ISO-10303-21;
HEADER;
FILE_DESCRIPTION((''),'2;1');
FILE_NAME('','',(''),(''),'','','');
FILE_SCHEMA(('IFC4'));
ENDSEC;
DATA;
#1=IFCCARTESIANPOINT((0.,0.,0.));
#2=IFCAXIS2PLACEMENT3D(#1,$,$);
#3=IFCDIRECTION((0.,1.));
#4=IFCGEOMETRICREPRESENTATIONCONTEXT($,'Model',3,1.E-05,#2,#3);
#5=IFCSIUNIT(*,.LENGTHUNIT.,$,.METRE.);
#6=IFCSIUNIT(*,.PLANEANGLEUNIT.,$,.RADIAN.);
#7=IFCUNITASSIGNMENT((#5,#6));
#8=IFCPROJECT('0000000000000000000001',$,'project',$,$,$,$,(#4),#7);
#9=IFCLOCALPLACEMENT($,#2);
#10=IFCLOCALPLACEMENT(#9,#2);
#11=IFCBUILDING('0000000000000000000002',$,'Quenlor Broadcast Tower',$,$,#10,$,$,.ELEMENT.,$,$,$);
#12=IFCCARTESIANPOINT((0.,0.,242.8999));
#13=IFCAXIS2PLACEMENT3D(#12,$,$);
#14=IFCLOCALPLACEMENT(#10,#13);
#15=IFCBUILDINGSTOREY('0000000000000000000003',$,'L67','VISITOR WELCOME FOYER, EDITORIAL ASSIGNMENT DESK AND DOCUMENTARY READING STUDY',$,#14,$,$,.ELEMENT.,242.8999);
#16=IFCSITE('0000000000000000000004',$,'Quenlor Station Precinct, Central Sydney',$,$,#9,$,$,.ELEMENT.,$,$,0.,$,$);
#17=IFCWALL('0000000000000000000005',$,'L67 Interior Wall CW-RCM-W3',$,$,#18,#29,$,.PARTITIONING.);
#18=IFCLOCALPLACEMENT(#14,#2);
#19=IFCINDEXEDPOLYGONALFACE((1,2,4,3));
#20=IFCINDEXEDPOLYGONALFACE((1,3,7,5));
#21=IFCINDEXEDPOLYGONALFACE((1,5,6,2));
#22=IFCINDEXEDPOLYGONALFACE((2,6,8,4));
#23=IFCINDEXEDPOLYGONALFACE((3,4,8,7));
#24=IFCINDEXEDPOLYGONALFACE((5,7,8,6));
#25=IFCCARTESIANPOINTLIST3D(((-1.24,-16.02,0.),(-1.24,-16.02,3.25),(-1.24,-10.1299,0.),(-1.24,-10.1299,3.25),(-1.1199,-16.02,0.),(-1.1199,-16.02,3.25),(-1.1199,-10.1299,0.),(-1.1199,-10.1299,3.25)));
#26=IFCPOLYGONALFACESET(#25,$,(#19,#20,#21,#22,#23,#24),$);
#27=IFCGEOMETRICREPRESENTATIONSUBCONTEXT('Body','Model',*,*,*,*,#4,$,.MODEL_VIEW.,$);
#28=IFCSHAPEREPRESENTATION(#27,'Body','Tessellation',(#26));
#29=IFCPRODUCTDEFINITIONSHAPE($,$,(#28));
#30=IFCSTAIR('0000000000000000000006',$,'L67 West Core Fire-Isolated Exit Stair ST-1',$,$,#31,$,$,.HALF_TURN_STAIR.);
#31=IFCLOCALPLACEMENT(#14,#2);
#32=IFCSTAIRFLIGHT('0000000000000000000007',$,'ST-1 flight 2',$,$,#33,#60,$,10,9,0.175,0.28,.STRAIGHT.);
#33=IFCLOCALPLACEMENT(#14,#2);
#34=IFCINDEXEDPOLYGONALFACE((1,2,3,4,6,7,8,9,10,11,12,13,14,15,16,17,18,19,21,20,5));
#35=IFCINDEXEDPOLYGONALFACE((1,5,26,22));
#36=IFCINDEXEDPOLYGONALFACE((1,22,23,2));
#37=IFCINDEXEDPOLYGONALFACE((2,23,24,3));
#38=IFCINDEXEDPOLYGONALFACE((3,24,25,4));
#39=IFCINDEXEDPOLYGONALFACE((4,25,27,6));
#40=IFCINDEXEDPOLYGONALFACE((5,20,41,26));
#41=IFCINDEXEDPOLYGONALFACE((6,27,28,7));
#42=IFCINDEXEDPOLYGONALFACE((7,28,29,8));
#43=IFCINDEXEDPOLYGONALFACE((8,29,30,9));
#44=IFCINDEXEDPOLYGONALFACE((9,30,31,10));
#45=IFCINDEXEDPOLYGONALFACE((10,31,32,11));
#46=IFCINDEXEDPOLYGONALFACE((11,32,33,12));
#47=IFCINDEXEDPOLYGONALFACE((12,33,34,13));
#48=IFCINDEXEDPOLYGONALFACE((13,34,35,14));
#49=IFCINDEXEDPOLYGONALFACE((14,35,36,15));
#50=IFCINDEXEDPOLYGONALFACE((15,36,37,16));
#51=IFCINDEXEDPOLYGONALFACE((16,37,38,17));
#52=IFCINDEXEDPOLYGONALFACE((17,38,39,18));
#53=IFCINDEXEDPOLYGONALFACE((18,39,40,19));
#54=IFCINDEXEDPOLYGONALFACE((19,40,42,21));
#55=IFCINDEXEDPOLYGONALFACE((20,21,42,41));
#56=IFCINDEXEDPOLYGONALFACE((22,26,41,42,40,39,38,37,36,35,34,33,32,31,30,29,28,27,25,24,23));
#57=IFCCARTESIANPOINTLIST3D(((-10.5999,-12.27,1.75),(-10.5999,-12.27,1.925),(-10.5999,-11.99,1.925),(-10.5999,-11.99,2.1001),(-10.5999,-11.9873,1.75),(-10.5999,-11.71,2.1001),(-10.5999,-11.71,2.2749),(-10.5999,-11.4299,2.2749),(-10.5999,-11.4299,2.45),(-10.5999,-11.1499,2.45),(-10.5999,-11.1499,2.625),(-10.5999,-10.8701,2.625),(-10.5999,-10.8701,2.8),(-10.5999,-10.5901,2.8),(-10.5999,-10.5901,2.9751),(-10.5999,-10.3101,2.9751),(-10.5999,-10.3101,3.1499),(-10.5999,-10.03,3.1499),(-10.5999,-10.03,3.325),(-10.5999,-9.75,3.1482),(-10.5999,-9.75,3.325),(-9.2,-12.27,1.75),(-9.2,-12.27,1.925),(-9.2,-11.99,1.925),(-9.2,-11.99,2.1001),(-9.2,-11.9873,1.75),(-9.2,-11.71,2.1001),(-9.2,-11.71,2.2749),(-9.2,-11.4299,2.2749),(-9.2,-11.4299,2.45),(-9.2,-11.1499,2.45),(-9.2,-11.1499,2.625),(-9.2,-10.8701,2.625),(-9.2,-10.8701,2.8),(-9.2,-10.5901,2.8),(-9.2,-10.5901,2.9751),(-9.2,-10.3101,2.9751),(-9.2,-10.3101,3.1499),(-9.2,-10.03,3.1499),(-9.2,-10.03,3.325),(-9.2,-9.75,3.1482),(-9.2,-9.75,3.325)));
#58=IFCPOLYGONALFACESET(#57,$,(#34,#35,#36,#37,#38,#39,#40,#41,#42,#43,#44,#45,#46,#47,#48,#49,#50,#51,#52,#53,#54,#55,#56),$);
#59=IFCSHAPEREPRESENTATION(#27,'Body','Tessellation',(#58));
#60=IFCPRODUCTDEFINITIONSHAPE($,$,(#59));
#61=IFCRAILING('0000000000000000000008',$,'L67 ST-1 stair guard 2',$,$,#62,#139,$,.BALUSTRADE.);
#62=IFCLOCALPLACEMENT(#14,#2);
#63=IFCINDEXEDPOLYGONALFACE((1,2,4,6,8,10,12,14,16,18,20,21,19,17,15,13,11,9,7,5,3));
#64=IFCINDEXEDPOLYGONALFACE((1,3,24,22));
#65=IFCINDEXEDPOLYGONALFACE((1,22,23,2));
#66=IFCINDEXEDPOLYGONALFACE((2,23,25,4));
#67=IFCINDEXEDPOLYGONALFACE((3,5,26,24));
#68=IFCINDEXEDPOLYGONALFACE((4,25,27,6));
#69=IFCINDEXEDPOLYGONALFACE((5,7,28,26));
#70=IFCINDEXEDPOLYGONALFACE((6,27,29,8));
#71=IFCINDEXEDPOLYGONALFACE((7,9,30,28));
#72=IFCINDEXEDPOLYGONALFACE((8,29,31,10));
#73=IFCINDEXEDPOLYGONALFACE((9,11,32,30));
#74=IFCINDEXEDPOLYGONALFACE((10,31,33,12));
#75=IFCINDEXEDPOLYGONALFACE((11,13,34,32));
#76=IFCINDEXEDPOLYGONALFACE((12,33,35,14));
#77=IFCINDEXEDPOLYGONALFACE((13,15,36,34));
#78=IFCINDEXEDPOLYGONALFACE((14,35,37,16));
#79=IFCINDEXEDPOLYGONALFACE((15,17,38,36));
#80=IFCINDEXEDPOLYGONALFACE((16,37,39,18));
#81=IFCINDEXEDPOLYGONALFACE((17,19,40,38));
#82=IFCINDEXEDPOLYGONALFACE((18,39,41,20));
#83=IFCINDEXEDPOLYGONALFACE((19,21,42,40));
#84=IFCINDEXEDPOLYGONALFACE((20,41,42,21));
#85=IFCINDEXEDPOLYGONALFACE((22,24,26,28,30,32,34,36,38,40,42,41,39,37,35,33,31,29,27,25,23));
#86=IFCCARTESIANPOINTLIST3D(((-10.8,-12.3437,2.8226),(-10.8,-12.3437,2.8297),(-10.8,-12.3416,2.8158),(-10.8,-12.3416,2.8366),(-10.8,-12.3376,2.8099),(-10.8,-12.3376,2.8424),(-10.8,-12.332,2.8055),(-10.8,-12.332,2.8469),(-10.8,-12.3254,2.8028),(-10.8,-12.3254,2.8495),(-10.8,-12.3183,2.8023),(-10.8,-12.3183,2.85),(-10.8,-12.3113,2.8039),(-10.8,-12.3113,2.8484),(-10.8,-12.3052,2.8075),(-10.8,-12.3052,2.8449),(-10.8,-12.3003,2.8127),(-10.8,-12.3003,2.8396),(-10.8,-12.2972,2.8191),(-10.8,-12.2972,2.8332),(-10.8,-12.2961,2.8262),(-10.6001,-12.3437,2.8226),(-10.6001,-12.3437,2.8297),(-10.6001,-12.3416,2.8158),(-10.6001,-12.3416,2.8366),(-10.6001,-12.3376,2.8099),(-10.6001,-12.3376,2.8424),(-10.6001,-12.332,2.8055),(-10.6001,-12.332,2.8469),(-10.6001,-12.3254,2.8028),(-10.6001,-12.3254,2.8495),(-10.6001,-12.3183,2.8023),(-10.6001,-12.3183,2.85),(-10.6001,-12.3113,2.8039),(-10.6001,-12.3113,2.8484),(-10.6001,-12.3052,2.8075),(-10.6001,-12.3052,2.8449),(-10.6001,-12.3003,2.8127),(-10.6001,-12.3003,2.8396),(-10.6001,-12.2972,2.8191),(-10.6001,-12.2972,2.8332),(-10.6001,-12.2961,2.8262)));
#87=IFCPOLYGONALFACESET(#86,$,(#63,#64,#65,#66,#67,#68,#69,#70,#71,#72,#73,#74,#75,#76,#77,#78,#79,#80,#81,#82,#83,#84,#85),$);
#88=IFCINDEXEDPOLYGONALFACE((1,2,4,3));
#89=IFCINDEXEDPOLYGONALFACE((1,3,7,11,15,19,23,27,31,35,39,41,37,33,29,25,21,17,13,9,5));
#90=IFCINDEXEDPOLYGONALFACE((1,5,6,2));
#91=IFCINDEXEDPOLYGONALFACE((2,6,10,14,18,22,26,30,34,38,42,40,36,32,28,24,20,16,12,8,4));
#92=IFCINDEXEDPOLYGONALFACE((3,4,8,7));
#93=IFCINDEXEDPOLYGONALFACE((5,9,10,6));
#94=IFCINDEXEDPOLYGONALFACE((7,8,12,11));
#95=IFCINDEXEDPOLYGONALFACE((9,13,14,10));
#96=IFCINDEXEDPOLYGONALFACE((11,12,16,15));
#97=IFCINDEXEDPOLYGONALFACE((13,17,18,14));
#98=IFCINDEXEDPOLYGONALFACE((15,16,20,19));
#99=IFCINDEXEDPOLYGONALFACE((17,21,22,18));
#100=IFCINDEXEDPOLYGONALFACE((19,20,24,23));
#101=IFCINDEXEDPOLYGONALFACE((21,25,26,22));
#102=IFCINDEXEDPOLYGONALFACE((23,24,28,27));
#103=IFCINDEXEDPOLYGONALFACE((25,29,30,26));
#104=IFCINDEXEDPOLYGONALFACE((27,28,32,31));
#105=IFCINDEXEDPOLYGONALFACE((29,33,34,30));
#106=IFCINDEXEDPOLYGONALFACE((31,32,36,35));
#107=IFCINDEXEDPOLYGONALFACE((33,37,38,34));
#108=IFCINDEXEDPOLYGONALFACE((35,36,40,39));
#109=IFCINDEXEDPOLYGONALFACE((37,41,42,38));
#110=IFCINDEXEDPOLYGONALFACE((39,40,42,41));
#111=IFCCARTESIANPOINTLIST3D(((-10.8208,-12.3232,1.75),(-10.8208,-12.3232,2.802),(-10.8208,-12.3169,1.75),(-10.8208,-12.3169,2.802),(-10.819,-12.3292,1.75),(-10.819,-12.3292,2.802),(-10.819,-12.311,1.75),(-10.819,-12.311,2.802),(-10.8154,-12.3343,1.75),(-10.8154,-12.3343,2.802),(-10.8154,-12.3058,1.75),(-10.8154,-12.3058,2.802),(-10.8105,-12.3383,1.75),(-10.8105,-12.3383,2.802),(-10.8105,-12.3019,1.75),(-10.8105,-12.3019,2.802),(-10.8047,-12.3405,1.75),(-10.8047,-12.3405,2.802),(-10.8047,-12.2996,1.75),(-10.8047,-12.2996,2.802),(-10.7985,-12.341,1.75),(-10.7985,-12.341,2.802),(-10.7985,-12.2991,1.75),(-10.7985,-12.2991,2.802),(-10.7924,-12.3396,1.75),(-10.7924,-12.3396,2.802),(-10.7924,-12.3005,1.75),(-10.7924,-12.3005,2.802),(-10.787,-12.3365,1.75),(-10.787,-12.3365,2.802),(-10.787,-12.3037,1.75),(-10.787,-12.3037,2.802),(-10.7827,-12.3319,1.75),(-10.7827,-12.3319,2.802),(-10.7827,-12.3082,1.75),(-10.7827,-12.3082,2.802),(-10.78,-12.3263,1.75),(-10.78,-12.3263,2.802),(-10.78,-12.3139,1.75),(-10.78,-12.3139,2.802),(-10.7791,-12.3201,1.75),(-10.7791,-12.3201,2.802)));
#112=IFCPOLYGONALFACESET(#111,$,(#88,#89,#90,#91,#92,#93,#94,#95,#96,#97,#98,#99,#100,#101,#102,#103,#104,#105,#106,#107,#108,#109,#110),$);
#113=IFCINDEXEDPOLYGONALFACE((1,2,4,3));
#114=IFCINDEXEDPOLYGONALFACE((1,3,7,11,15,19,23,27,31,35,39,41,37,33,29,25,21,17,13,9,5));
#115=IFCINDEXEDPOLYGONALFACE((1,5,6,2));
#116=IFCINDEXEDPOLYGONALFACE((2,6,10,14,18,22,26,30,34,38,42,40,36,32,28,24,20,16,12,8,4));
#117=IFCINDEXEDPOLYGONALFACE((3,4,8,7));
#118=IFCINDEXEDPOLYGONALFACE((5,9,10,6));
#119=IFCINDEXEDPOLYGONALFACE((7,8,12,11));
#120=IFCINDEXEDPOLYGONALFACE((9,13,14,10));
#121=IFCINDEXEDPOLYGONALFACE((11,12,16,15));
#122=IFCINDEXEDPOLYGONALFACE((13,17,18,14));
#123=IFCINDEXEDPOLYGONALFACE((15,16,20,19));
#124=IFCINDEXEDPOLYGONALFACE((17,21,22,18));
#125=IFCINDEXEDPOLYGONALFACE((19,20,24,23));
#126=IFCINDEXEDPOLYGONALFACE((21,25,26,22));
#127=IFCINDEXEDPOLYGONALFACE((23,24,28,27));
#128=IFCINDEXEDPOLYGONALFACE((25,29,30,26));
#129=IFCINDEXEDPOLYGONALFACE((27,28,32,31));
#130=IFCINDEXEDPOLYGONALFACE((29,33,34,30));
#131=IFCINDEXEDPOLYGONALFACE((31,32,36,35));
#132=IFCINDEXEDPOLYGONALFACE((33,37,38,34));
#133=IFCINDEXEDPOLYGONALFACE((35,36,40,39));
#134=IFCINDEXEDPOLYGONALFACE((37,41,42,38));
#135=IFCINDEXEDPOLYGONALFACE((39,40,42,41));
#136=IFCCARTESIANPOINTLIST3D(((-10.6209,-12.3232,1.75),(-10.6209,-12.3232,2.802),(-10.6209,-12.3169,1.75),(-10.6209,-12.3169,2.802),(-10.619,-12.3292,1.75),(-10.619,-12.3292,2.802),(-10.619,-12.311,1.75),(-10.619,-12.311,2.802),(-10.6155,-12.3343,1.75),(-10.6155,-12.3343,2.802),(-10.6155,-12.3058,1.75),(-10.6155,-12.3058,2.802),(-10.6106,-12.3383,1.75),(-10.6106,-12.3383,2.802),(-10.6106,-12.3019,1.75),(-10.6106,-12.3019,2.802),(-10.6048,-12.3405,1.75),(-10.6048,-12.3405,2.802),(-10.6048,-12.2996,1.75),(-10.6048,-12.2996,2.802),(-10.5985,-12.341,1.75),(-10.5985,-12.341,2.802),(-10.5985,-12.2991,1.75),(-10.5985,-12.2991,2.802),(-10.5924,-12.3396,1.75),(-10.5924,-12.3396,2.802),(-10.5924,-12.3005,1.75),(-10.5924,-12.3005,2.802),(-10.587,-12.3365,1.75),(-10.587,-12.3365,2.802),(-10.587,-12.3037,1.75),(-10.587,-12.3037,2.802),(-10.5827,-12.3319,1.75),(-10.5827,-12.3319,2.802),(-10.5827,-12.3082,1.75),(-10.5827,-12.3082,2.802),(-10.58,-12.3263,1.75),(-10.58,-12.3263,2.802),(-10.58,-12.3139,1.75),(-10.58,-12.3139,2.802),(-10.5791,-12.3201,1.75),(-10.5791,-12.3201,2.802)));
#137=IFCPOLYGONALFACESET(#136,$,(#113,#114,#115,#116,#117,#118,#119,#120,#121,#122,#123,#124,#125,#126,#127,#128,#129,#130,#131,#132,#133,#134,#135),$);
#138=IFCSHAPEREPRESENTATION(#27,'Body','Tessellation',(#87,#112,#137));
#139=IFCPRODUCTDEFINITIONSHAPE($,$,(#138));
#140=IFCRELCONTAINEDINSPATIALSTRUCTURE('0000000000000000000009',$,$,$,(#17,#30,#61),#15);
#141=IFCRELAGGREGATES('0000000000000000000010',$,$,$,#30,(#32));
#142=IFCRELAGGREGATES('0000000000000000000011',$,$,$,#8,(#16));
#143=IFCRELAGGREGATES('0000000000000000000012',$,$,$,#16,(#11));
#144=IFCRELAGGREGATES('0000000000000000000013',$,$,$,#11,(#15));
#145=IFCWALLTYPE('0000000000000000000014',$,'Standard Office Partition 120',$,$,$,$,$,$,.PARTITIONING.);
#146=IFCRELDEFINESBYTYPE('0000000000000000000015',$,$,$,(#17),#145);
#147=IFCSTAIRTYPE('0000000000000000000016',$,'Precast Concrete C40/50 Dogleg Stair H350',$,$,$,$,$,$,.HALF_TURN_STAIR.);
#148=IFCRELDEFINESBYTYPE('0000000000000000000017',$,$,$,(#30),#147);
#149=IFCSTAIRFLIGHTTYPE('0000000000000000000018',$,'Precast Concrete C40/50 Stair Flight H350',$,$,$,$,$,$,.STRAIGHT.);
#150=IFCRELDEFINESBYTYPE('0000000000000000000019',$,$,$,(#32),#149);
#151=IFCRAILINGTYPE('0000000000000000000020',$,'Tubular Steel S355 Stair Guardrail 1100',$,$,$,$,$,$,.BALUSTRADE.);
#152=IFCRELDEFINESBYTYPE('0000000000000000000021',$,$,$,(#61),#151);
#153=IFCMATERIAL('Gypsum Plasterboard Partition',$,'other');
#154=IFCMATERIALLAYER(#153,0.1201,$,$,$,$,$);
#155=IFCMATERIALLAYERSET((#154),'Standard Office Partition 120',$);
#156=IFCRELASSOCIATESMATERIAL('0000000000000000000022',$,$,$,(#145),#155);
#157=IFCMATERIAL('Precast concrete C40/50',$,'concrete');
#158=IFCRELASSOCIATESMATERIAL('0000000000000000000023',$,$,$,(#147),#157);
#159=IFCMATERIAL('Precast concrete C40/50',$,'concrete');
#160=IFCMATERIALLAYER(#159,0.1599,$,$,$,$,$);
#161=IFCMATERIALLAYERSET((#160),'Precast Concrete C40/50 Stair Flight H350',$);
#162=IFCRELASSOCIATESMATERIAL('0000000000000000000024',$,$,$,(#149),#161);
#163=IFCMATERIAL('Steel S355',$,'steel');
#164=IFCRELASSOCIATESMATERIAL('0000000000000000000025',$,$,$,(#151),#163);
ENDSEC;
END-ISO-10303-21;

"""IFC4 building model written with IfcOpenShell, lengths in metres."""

from ifc_helpers import new_model, si_unit, direction, frame, frame_2d, origin, origin_2d, place, context, subcontext, project, spatial, polyline, rectangle, circle, outline, extrude, material, layer, layer_set, type_object, element, aggregate, save


model = new_model("IFC4")

# Units and contexts
model_context = context("Model", 3, precision=1e-05, world=origin(), true_north=direction((0.0, 1.0)))
body_context = subcontext(model_context, "Body", "Model", "MODEL_VIEW")
ifc_project = project(units=[si_unit("LENGTHUNIT", "METRE"), si_unit("PLANEANGLEUNIT", "RADIAN")], contexts=[model_context])

# Site, building, storey
site_placement = place(None, origin())
site = spatial("IfcSite", under=ifc_project, at=site_placement, Name="Quenlor Station Precinct, Central Sydney", CompositionType="ELEMENT", RefElevation=0.0)
building_placement = place(site_placement, origin())
building = spatial("IfcBuilding", under=site, at=building_placement, Name="Quenlor Broadcast Tower", CompositionType="ELEMENT")
storey_placement = place(building_placement, frame((0.0, 0.0, 242.8999)))
storey = spatial("IfcBuildingStorey", under=building, at=storey_placement, Name="L67", Description="VISITOR WELCOME FOYER, EDITORIAL ASSIGNMENT DESK AND DOCUMENTARY READING STUDY", CompositionType="ELEMENT", Elevation=242.8999)

# Wall
ifc_material_1 = material(Name="Gypsum Plasterboard Partition", Category="other")
ifc_layer_1 = layer(ifc_material_1, 0.1201)
ifc_layer_set_1 = layer_set([ifc_layer_1], Name="Standard Office Partition 120")
wall_type_1 = type_object("IfcWallType", Name="Standard Office Partition 120", PredefinedType="PARTITIONING", material=ifc_layer_set_1)
wall_1_placement = place(storey_placement, frame((-1.1799, -16.02, 0.0), z_axis=(0.0, 0.0, 1.0), x_axis=(0.0, 1.0, 0.0)))
element("IfcWall", 1, at=wall_1_placement, inside=storey, type_object=wall_type_1, Name="L67 Interior Wall CW-RCM-W3", PredefinedType="PARTITIONING", context=body_context, shape_type="SweptSolid", body=[
    extrude(rectangle(XDim=5.8901, YDim=0.1201, at=frame_2d((2.9451, 0.0))), origin(), (0.0, 0.0, 1.0), 3.25),
])

# Stair, stair flight
ifc_material_2 = material(Name="Precast concrete C40/50", Category="concrete")
stair_type = type_object("IfcStairType", Name="Precast Concrete C40/50 Dogleg Stair H350", PredefinedType="HALF_TURN_STAIR", material=ifc_material_2)
stair_placement = place(storey_placement, origin())
stair = element("IfcStair", 2, at=stair_placement, inside=storey, type_object=stair_type, Name="L67 West Core Fire-Isolated Exit Stair ST-1", PredefinedType="HALF_TURN_STAIR")
ifc_material_3 = material(Name="Precast concrete C40/50", Category="concrete")
ifc_layer_2 = layer(ifc_material_3, 0.1599)
ifc_layer_set_2 = layer_set([ifc_layer_2], Name="Precast Concrete C40/50 Stair Flight H350")
stair_flight_type = type_object("IfcStairFlightType", Name="Precast Concrete C40/50 Stair Flight H350", PredefinedType="STRAIGHT", material=ifc_layer_set_2)
stair_flight_placement = place(storey_placement, frame((-9.8999, -12.27, 1.75), z_axis=(0.0, 0.0, 1.0), x_axis=(0.0, 1.0, 0.0)))
stair_flight = element("IfcStairFlight", 3, at=stair_flight_placement, type_object=stair_flight_type, Name="ST-1 flight 2", NumberOfRisers=10, NumberOfTreads=9, PredefinedType="STRAIGHT", RiserHeight=0.175, TreadLength=0.28, context=body_context, shape_type="SweptSolid", body=[
    extrude(outline(polyline([(0.0, 0.0), (0.0, 0.175), (0.28, 0.175), (0.28, 0.3501), (0.5601, 0.3501), (0.5601, 0.5249), (0.8401, 0.5249), (0.8401, 0.7), (1.1201, 0.7), (1.1201, 0.875), (1.3999, 0.875), (1.3999, 1.05), (1.6799, 1.05), (1.6799, 1.2251), (1.96, 1.2251), (1.96, 1.3999), (2.24, 1.3999), (2.24, 1.575), (2.52, 1.575), (2.52, 1.75), (2.52, 1.3982), (0.2827, 0.0), (0.0, 0.0)])), frame((0.0, 0.7, 0.0), z_axis=(0.0, -1.0, 0.0), x_axis=(1.0, 0.0, 0.0)), (0.0, 0.0, 1.0), 1.3999),
])
aggregate(stair, [stair_flight])

# Railing
ifc_material_4 = material(Name="Steel S355", Category="steel")
railing_type = type_object("IfcRailingType", Name="Tubular Steel S355 Stair Guardrail 1100", PredefinedType="BALUSTRADE", material=ifc_material_4)
railing_1_placement = place(storey_placement, frame((-10.8, -12.3201, 1.75)))
element("IfcRailing", 4, at=railing_1_placement, inside=storey, type_object=railing_type, Name="L67 ST-1 stair guard 2", PredefinedType="BALUSTRADE", context=body_context, shape_type="SweptSolid", body=[
    extrude(circle(Radius=0.0239, at=origin_2d()), frame((0.0, 0.0, 1.0762), z_axis=(1.0, 0.0, 0.0), x_axis=(0.0, 1.0, 0.0)), (0.0, 0.0, 1.0), 0.2),
    extrude(circle(Radius=0.021, at=origin_2d()), origin(), (0.0, 0.0, 1.0), 1.052),
    extrude(circle(Radius=0.021, at=origin_2d()), frame((0.2, 0.0, 0.0)), (0.0, 0.0, 1.0), 1.052),
])

save(model, "model.ifc")
